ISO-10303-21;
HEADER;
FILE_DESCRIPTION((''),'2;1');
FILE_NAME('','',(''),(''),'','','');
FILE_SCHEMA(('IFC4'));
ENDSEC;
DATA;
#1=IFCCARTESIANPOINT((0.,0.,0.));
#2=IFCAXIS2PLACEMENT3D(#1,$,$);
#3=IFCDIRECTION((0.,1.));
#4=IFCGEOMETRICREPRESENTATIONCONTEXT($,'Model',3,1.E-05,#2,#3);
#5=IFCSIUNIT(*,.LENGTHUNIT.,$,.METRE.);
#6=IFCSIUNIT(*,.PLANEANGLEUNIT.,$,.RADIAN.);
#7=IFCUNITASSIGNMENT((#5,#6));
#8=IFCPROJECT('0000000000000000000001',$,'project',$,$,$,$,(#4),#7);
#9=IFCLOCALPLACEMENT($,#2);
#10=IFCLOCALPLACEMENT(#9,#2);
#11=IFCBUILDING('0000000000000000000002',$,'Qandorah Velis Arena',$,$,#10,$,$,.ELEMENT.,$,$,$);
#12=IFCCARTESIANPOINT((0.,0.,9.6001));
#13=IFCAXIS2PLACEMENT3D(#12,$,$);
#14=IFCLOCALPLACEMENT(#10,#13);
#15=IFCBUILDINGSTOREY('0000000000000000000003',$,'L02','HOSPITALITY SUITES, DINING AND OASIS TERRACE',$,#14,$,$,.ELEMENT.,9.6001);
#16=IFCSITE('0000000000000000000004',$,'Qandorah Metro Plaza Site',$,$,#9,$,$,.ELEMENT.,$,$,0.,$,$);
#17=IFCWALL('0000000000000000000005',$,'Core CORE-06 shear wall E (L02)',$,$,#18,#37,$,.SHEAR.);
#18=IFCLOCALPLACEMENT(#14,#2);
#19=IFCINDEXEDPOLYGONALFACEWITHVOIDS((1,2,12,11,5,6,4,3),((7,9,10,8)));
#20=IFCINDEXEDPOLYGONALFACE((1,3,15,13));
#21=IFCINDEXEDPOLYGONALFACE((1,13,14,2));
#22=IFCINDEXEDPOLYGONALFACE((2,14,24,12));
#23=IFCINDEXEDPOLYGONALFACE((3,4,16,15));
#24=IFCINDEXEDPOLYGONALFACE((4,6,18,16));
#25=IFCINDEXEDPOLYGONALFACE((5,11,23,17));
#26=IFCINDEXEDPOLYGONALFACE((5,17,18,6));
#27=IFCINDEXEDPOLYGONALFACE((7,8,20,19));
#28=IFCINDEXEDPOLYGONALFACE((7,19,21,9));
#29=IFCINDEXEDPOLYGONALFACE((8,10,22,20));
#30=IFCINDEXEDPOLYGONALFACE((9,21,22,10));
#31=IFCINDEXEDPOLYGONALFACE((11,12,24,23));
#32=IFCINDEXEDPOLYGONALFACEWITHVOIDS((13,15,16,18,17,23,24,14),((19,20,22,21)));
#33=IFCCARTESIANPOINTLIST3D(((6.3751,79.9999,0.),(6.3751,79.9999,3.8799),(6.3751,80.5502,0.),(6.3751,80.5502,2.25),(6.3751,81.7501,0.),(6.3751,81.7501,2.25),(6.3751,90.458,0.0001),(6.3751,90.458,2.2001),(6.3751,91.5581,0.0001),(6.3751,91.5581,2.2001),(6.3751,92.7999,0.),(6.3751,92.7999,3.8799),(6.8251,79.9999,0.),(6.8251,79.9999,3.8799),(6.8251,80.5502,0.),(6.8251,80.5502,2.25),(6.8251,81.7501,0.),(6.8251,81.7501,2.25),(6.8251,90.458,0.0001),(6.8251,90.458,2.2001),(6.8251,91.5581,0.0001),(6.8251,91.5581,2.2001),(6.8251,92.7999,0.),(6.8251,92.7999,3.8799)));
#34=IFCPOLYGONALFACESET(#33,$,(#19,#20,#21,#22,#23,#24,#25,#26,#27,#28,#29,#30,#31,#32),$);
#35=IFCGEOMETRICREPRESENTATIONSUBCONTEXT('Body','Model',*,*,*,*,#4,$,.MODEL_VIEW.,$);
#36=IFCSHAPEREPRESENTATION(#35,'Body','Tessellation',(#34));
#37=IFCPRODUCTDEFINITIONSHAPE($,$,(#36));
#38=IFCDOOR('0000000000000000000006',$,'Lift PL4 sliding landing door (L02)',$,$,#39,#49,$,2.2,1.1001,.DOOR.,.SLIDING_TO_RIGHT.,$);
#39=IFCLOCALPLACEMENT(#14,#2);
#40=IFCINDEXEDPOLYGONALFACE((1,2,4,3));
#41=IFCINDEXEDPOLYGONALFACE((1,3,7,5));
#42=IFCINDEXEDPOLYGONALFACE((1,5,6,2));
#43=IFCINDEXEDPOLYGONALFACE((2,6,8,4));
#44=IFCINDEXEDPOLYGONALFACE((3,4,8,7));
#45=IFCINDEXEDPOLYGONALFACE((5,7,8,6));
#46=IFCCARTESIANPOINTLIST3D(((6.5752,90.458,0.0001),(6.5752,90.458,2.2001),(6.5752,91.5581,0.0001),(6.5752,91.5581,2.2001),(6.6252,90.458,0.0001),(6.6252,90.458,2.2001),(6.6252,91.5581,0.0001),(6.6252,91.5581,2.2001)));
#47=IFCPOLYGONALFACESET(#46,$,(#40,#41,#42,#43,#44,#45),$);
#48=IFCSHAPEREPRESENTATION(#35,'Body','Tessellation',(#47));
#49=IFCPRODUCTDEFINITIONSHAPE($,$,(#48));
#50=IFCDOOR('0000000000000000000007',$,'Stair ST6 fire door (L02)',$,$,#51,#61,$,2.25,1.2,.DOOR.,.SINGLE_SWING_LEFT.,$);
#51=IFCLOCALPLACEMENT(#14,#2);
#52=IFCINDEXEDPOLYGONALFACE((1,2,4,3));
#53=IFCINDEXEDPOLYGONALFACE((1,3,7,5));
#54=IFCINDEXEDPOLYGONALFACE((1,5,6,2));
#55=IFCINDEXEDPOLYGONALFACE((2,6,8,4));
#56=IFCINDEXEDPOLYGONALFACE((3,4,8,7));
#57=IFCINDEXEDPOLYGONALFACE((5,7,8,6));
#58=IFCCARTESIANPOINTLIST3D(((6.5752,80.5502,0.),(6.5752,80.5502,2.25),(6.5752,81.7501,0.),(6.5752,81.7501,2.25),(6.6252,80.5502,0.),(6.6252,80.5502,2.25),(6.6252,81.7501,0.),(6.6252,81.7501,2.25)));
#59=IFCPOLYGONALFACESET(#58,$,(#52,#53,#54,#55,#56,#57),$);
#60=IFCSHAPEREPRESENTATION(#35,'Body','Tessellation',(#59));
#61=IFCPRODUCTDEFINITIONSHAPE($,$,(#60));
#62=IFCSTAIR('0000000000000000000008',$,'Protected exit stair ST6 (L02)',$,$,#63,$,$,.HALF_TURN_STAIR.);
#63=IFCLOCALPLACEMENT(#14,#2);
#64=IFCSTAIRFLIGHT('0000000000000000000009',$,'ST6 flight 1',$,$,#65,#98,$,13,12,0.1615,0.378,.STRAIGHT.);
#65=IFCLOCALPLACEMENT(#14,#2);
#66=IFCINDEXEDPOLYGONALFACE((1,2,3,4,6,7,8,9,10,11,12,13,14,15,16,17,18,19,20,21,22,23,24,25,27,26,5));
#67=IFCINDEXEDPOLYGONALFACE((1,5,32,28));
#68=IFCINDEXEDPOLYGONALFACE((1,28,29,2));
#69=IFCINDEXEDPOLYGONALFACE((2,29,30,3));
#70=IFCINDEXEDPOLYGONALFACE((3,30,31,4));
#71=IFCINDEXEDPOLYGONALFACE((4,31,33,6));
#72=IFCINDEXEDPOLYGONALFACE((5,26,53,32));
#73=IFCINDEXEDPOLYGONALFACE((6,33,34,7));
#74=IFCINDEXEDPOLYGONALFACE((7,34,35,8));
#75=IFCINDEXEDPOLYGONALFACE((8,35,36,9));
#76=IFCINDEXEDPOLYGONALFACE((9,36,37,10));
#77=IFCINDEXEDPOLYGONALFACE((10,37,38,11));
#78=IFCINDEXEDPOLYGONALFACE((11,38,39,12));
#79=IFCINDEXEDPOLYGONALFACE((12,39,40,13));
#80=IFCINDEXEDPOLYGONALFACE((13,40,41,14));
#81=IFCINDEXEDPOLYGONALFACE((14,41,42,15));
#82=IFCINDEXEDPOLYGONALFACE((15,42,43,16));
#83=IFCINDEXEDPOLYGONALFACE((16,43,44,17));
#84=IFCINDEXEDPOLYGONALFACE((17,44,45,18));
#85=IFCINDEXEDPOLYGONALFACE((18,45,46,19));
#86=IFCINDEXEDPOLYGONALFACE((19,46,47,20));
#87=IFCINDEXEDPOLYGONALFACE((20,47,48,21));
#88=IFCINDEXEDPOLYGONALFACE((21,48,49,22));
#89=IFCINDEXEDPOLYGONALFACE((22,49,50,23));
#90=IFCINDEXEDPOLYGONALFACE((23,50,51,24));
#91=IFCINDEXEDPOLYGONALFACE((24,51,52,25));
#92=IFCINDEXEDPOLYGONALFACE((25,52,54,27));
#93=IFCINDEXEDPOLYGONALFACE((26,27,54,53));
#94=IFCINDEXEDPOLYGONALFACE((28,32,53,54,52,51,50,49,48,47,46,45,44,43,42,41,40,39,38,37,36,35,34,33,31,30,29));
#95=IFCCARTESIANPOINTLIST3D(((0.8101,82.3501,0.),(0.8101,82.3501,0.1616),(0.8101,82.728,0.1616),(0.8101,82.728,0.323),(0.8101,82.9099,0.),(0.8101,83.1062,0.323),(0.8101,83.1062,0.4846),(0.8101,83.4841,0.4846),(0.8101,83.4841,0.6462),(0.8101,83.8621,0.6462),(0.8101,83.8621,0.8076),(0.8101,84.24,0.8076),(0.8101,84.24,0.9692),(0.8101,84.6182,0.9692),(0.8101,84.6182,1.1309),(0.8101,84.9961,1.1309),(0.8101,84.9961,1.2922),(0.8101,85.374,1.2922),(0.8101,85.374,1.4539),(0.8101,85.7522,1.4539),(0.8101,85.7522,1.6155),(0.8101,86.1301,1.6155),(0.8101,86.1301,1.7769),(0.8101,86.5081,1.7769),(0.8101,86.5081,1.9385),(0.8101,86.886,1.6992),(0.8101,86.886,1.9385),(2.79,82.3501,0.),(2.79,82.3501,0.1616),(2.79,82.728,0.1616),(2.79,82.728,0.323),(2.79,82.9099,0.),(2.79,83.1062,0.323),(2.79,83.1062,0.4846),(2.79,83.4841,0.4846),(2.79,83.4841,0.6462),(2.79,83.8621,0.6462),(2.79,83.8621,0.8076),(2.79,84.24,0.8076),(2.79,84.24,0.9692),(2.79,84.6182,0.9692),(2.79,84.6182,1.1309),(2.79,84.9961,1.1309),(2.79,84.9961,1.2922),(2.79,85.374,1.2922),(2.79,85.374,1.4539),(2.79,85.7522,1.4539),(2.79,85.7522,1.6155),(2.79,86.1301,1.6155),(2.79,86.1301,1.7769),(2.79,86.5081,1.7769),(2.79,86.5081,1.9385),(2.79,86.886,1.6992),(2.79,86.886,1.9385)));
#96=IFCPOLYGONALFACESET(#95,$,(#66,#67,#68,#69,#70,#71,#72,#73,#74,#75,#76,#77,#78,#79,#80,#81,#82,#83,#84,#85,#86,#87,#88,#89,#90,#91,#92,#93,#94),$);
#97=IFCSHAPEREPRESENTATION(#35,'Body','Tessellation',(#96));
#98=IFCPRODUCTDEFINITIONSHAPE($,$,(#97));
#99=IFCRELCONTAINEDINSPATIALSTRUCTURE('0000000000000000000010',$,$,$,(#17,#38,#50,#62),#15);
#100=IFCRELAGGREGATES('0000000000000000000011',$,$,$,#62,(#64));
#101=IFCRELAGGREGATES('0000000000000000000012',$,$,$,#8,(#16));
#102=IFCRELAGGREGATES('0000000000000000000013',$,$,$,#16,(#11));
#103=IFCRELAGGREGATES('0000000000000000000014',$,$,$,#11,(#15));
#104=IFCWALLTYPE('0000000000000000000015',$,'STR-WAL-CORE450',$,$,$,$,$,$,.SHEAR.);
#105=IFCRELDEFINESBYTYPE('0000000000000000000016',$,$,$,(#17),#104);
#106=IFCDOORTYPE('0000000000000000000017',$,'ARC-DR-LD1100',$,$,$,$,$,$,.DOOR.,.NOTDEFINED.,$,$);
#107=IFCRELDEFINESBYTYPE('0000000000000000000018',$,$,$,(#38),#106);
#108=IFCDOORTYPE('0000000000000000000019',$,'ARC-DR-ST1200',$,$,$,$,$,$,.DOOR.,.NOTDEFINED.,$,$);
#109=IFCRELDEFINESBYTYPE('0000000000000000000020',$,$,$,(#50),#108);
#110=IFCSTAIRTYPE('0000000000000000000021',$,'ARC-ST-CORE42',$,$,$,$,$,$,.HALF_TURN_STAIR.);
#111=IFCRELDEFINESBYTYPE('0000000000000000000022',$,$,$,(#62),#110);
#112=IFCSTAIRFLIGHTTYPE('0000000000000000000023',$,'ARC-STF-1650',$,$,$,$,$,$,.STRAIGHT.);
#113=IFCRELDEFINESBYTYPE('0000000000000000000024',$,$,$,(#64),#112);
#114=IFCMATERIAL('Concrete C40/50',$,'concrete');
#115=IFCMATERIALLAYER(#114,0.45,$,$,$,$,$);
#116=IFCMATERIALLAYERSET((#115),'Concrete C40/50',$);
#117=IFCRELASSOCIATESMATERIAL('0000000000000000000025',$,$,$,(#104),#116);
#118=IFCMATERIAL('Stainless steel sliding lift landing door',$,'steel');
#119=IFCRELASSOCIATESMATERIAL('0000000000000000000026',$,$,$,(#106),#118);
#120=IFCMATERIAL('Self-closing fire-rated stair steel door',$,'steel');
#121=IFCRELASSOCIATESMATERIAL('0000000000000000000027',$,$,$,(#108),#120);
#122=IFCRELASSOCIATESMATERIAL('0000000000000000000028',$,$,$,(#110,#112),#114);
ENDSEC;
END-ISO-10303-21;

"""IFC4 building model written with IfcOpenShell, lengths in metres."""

from ifc_helpers import new_model, si_unit, direction, frame, frame_2d, origin, place, context, subcontext, project, spatial, polyline, rectangle, outline, extrude, material, layer, layer_set, type_object, element, fill, aggregate, save


model = new_model("IFC4")

# Units and contexts
model_context = context("Model", 3, precision=1e-05, world=origin(), true_north=direction((0.0, 1.0)))
body_context = subcontext(model_context, "Body", "Model", "MODEL_VIEW")
ifc_project = project(units=[si_unit("LENGTHUNIT", "METRE"), si_unit("PLANEANGLEUNIT", "RADIAN")], contexts=[model_context])

# Site, building, storey
site_placement = place(None, origin())
site = spatial("IfcSite", under=ifc_project, at=site_placement, Name="Qandorah Metro Plaza Site", CompositionType="ELEMENT", RefElevation=0.0)
building_placement = place(site_placement, origin())
building = spatial("IfcBuilding", under=site, at=building_placement, Name="Qandorah Velis Arena", CompositionType="ELEMENT")
storey_placement = place(building_placement, frame((0.0, 0.0, 9.6001)))
storey = spatial("IfcBuildingStorey", under=building, at=storey_placement, Name="L02", Description="HOSPITALITY SUITES, DINING AND OASIS TERRACE", CompositionType="ELEMENT", Elevation=9.6001)

# Shared definitions
ifc_material_1 = material(Name="Concrete C40/50", Category="concrete")

# Shared definitions
ifc_layer_1 = layer(ifc_material_1, 0.45)
ifc_layer_set_1 = layer_set([ifc_layer_1], Name="Concrete C40/50")
wall_type_1 = type_object("IfcWallType", Name="STR-WAL-CORE450", PredefinedType="SHEAR", material=ifc_layer_set_1)

# Wall, openings, doors
wall_1_placement = place(storey_placement, frame((6.6001, 80.0, 0.0), z_axis=(0.0, 0.0, 1.0), x_axis=(0.0, 1.0, 0.0)))
wall_1 = element("IfcWall", 1, at=wall_1_placement, inside=storey, type_object=wall_type_1, Name="Core CORE-06 shear wall E (L02)", PredefinedType="SHEAR", context=body_context, shape_type="SweptSolid", body=[
    extrude(rectangle(XDim=12.8, YDim=0.45, at=frame_2d((6.3999, 0.0))), origin(), (0.0, 0.0, 1.0), 3.8799),
])
opening_1_placement = place(wall_1_placement, frame((0.55, 0.0, 0.0)))
opening_1 = element("IfcOpeningElement", 2, at=opening_1_placement, cuts=wall_1, PredefinedType="OPENING", context=body_context, shape_type="SweptSolid", body=[
    extrude(rectangle(XDim=1.2, YDim=2.25, at=frame_2d((0.6001, 1.125))), frame((0.0, 0.2349, 0.0), z_axis=(0.0, -1.0, 0.0), x_axis=(1.0, 0.0, 0.0)), (0.0, 0.0, 1.0), 0.47),
])
opening_2_placement = place(wall_1_placement, frame((10.458, 0.0, 0.0)))
opening_2 = element("IfcOpeningElement", 3, at=opening_2_placement, cuts=wall_1, PredefinedType="OPENING", context=body_context, shape_type="SweptSolid", body=[
    extrude(rectangle(XDim=1.1001, YDim=2.2, at=frame_2d((0.55, 1.1001))), frame((0.0, 0.2349, 0.0), z_axis=(0.0, -1.0, 0.0), x_axis=(1.0, 0.0, 0.0)), (0.0, 0.0, 1.0), 0.47),
])
ifc_material_2 = material(Name="Stainless steel sliding lift landing door", Category="steel")
door_type_1 = type_object("IfcDoorType", Name="ARC-DR-LD1100", OperationType="NOTDEFINED", PredefinedType="DOOR", material=ifc_material_2)
door_1_placement = place(opening_2_placement, origin())
door_1 = element("IfcDoor", 4, at=door_1_placement, inside=storey, type_object=door_type_1, Name="Lift PL4 sliding landing door (L02)", OperationType="SLIDING_TO_RIGHT", OverallHeight=2.2, OverallWidth=1.1001, PredefinedType="DOOR", context=body_context, shape_type="SweptSolid", body=[
    extrude(rectangle(XDim=1.1001, YDim=2.2, at=frame_2d((0.55, 1.1001))), frame((0.0, 0.0249, 0.0), z_axis=(0.0, -1.0, 0.0), x_axis=(1.0, 0.0, 0.0)), (0.0, 0.0, 1.0), 0.05),
])
fill(opening_2, door_1)
ifc_material_3 = material(Name="Self-closing fire-rated stair steel door", Category="steel")
door_type_2 = type_object("IfcDoorType", Name="ARC-DR-ST1200", OperationType="NOTDEFINED", PredefinedType="DOOR", material=ifc_material_3)
door_2_placement = place(opening_1_placement, origin())
door_2 = element("IfcDoor", 5, at=door_2_placement, inside=storey, type_object=door_type_2, Name="Stair ST6 fire door (L02)", OperationType="SINGLE_SWING_LEFT", OverallHeight=2.25, OverallWidth=1.2, PredefinedType="DOOR", context=body_context, shape_type="SweptSolid", body=[
    extrude(rectangle(XDim=1.2, YDim=2.25, at=frame_2d((0.6001, 1.125))), frame((0.0, 0.0249, 0.0), z_axis=(0.0, -1.0, 0.0), x_axis=(1.0, 0.0, 0.0)), (0.0, 0.0, 1.0), 0.05),
])
fill(opening_1, door_2)

# Stair, stair flight
stair_type = type_object("IfcStairType", Name="ARC-ST-CORE42", PredefinedType="HALF_TURN_STAIR", material=ifc_material_1)
stair_placement = place(storey_placement, origin())
stair = element("IfcStair", 6, at=stair_placement, inside=storey, type_object=stair_type, Name="Protected exit stair ST6 (L02)", PredefinedType="HALF_TURN_STAIR")
stair_flight_type = type_object("IfcStairFlightType", Name="ARC-STF-1650", PredefinedType="STRAIGHT", material=ifc_material_1)
stair_flight_placement = place(storey_placement, frame((1.8, 82.3501, 0.0), z_axis=(0.0, 0.0, 1.0), x_axis=(0.0, 1.0, 0.0)))
stair_flight = element("IfcStairFlight", 7, at=stair_flight_placement, type_object=stair_flight_type, Name="ST6 flight 1", NumberOfRisers=13, NumberOfTreads=12, PredefinedType="STRAIGHT", RiserHeight=0.1615, TreadLength=0.378, context=body_context, shape_type="SweptSolid", body=[
    extrude(outline(polyline([(0.0, 0.0), (0.0, 0.1616), (0.3779, 0.1616), (0.3779, 0.323), (0.7561, 0.323), (0.7561, 0.4846), (1.134, 0.4846), (1.134, 0.6462), (1.512, 0.6462), (1.512, 0.8076), (1.8899, 0.8076), (1.8899, 0.9692), (2.2681, 0.9692), (2.2681, 1.1309), (2.646, 1.1309), (2.646, 1.2922), (3.0239, 1.2922), (3.0239, 1.4539), (3.4021, 1.4539), (3.4021, 1.6155), (3.78, 1.6155), (3.78, 1.7769), (4.158, 1.7769), (4.158, 1.9385), (4.5359, 1.9385), (4.5359, 2.1001), (4.5359, 1.6992), (0.5598, 0.0), (0.0, 0.0)])), frame((0.0, 0.99, 0.0), z_axis=(0.0, -1.0, 0.0), x_axis=(1.0, 0.0, 0.0)), (0.0, 0.0, 1.0), 1.98),
])
aggregate(stair, [stair_flight])

save(model, "model.ifc")
